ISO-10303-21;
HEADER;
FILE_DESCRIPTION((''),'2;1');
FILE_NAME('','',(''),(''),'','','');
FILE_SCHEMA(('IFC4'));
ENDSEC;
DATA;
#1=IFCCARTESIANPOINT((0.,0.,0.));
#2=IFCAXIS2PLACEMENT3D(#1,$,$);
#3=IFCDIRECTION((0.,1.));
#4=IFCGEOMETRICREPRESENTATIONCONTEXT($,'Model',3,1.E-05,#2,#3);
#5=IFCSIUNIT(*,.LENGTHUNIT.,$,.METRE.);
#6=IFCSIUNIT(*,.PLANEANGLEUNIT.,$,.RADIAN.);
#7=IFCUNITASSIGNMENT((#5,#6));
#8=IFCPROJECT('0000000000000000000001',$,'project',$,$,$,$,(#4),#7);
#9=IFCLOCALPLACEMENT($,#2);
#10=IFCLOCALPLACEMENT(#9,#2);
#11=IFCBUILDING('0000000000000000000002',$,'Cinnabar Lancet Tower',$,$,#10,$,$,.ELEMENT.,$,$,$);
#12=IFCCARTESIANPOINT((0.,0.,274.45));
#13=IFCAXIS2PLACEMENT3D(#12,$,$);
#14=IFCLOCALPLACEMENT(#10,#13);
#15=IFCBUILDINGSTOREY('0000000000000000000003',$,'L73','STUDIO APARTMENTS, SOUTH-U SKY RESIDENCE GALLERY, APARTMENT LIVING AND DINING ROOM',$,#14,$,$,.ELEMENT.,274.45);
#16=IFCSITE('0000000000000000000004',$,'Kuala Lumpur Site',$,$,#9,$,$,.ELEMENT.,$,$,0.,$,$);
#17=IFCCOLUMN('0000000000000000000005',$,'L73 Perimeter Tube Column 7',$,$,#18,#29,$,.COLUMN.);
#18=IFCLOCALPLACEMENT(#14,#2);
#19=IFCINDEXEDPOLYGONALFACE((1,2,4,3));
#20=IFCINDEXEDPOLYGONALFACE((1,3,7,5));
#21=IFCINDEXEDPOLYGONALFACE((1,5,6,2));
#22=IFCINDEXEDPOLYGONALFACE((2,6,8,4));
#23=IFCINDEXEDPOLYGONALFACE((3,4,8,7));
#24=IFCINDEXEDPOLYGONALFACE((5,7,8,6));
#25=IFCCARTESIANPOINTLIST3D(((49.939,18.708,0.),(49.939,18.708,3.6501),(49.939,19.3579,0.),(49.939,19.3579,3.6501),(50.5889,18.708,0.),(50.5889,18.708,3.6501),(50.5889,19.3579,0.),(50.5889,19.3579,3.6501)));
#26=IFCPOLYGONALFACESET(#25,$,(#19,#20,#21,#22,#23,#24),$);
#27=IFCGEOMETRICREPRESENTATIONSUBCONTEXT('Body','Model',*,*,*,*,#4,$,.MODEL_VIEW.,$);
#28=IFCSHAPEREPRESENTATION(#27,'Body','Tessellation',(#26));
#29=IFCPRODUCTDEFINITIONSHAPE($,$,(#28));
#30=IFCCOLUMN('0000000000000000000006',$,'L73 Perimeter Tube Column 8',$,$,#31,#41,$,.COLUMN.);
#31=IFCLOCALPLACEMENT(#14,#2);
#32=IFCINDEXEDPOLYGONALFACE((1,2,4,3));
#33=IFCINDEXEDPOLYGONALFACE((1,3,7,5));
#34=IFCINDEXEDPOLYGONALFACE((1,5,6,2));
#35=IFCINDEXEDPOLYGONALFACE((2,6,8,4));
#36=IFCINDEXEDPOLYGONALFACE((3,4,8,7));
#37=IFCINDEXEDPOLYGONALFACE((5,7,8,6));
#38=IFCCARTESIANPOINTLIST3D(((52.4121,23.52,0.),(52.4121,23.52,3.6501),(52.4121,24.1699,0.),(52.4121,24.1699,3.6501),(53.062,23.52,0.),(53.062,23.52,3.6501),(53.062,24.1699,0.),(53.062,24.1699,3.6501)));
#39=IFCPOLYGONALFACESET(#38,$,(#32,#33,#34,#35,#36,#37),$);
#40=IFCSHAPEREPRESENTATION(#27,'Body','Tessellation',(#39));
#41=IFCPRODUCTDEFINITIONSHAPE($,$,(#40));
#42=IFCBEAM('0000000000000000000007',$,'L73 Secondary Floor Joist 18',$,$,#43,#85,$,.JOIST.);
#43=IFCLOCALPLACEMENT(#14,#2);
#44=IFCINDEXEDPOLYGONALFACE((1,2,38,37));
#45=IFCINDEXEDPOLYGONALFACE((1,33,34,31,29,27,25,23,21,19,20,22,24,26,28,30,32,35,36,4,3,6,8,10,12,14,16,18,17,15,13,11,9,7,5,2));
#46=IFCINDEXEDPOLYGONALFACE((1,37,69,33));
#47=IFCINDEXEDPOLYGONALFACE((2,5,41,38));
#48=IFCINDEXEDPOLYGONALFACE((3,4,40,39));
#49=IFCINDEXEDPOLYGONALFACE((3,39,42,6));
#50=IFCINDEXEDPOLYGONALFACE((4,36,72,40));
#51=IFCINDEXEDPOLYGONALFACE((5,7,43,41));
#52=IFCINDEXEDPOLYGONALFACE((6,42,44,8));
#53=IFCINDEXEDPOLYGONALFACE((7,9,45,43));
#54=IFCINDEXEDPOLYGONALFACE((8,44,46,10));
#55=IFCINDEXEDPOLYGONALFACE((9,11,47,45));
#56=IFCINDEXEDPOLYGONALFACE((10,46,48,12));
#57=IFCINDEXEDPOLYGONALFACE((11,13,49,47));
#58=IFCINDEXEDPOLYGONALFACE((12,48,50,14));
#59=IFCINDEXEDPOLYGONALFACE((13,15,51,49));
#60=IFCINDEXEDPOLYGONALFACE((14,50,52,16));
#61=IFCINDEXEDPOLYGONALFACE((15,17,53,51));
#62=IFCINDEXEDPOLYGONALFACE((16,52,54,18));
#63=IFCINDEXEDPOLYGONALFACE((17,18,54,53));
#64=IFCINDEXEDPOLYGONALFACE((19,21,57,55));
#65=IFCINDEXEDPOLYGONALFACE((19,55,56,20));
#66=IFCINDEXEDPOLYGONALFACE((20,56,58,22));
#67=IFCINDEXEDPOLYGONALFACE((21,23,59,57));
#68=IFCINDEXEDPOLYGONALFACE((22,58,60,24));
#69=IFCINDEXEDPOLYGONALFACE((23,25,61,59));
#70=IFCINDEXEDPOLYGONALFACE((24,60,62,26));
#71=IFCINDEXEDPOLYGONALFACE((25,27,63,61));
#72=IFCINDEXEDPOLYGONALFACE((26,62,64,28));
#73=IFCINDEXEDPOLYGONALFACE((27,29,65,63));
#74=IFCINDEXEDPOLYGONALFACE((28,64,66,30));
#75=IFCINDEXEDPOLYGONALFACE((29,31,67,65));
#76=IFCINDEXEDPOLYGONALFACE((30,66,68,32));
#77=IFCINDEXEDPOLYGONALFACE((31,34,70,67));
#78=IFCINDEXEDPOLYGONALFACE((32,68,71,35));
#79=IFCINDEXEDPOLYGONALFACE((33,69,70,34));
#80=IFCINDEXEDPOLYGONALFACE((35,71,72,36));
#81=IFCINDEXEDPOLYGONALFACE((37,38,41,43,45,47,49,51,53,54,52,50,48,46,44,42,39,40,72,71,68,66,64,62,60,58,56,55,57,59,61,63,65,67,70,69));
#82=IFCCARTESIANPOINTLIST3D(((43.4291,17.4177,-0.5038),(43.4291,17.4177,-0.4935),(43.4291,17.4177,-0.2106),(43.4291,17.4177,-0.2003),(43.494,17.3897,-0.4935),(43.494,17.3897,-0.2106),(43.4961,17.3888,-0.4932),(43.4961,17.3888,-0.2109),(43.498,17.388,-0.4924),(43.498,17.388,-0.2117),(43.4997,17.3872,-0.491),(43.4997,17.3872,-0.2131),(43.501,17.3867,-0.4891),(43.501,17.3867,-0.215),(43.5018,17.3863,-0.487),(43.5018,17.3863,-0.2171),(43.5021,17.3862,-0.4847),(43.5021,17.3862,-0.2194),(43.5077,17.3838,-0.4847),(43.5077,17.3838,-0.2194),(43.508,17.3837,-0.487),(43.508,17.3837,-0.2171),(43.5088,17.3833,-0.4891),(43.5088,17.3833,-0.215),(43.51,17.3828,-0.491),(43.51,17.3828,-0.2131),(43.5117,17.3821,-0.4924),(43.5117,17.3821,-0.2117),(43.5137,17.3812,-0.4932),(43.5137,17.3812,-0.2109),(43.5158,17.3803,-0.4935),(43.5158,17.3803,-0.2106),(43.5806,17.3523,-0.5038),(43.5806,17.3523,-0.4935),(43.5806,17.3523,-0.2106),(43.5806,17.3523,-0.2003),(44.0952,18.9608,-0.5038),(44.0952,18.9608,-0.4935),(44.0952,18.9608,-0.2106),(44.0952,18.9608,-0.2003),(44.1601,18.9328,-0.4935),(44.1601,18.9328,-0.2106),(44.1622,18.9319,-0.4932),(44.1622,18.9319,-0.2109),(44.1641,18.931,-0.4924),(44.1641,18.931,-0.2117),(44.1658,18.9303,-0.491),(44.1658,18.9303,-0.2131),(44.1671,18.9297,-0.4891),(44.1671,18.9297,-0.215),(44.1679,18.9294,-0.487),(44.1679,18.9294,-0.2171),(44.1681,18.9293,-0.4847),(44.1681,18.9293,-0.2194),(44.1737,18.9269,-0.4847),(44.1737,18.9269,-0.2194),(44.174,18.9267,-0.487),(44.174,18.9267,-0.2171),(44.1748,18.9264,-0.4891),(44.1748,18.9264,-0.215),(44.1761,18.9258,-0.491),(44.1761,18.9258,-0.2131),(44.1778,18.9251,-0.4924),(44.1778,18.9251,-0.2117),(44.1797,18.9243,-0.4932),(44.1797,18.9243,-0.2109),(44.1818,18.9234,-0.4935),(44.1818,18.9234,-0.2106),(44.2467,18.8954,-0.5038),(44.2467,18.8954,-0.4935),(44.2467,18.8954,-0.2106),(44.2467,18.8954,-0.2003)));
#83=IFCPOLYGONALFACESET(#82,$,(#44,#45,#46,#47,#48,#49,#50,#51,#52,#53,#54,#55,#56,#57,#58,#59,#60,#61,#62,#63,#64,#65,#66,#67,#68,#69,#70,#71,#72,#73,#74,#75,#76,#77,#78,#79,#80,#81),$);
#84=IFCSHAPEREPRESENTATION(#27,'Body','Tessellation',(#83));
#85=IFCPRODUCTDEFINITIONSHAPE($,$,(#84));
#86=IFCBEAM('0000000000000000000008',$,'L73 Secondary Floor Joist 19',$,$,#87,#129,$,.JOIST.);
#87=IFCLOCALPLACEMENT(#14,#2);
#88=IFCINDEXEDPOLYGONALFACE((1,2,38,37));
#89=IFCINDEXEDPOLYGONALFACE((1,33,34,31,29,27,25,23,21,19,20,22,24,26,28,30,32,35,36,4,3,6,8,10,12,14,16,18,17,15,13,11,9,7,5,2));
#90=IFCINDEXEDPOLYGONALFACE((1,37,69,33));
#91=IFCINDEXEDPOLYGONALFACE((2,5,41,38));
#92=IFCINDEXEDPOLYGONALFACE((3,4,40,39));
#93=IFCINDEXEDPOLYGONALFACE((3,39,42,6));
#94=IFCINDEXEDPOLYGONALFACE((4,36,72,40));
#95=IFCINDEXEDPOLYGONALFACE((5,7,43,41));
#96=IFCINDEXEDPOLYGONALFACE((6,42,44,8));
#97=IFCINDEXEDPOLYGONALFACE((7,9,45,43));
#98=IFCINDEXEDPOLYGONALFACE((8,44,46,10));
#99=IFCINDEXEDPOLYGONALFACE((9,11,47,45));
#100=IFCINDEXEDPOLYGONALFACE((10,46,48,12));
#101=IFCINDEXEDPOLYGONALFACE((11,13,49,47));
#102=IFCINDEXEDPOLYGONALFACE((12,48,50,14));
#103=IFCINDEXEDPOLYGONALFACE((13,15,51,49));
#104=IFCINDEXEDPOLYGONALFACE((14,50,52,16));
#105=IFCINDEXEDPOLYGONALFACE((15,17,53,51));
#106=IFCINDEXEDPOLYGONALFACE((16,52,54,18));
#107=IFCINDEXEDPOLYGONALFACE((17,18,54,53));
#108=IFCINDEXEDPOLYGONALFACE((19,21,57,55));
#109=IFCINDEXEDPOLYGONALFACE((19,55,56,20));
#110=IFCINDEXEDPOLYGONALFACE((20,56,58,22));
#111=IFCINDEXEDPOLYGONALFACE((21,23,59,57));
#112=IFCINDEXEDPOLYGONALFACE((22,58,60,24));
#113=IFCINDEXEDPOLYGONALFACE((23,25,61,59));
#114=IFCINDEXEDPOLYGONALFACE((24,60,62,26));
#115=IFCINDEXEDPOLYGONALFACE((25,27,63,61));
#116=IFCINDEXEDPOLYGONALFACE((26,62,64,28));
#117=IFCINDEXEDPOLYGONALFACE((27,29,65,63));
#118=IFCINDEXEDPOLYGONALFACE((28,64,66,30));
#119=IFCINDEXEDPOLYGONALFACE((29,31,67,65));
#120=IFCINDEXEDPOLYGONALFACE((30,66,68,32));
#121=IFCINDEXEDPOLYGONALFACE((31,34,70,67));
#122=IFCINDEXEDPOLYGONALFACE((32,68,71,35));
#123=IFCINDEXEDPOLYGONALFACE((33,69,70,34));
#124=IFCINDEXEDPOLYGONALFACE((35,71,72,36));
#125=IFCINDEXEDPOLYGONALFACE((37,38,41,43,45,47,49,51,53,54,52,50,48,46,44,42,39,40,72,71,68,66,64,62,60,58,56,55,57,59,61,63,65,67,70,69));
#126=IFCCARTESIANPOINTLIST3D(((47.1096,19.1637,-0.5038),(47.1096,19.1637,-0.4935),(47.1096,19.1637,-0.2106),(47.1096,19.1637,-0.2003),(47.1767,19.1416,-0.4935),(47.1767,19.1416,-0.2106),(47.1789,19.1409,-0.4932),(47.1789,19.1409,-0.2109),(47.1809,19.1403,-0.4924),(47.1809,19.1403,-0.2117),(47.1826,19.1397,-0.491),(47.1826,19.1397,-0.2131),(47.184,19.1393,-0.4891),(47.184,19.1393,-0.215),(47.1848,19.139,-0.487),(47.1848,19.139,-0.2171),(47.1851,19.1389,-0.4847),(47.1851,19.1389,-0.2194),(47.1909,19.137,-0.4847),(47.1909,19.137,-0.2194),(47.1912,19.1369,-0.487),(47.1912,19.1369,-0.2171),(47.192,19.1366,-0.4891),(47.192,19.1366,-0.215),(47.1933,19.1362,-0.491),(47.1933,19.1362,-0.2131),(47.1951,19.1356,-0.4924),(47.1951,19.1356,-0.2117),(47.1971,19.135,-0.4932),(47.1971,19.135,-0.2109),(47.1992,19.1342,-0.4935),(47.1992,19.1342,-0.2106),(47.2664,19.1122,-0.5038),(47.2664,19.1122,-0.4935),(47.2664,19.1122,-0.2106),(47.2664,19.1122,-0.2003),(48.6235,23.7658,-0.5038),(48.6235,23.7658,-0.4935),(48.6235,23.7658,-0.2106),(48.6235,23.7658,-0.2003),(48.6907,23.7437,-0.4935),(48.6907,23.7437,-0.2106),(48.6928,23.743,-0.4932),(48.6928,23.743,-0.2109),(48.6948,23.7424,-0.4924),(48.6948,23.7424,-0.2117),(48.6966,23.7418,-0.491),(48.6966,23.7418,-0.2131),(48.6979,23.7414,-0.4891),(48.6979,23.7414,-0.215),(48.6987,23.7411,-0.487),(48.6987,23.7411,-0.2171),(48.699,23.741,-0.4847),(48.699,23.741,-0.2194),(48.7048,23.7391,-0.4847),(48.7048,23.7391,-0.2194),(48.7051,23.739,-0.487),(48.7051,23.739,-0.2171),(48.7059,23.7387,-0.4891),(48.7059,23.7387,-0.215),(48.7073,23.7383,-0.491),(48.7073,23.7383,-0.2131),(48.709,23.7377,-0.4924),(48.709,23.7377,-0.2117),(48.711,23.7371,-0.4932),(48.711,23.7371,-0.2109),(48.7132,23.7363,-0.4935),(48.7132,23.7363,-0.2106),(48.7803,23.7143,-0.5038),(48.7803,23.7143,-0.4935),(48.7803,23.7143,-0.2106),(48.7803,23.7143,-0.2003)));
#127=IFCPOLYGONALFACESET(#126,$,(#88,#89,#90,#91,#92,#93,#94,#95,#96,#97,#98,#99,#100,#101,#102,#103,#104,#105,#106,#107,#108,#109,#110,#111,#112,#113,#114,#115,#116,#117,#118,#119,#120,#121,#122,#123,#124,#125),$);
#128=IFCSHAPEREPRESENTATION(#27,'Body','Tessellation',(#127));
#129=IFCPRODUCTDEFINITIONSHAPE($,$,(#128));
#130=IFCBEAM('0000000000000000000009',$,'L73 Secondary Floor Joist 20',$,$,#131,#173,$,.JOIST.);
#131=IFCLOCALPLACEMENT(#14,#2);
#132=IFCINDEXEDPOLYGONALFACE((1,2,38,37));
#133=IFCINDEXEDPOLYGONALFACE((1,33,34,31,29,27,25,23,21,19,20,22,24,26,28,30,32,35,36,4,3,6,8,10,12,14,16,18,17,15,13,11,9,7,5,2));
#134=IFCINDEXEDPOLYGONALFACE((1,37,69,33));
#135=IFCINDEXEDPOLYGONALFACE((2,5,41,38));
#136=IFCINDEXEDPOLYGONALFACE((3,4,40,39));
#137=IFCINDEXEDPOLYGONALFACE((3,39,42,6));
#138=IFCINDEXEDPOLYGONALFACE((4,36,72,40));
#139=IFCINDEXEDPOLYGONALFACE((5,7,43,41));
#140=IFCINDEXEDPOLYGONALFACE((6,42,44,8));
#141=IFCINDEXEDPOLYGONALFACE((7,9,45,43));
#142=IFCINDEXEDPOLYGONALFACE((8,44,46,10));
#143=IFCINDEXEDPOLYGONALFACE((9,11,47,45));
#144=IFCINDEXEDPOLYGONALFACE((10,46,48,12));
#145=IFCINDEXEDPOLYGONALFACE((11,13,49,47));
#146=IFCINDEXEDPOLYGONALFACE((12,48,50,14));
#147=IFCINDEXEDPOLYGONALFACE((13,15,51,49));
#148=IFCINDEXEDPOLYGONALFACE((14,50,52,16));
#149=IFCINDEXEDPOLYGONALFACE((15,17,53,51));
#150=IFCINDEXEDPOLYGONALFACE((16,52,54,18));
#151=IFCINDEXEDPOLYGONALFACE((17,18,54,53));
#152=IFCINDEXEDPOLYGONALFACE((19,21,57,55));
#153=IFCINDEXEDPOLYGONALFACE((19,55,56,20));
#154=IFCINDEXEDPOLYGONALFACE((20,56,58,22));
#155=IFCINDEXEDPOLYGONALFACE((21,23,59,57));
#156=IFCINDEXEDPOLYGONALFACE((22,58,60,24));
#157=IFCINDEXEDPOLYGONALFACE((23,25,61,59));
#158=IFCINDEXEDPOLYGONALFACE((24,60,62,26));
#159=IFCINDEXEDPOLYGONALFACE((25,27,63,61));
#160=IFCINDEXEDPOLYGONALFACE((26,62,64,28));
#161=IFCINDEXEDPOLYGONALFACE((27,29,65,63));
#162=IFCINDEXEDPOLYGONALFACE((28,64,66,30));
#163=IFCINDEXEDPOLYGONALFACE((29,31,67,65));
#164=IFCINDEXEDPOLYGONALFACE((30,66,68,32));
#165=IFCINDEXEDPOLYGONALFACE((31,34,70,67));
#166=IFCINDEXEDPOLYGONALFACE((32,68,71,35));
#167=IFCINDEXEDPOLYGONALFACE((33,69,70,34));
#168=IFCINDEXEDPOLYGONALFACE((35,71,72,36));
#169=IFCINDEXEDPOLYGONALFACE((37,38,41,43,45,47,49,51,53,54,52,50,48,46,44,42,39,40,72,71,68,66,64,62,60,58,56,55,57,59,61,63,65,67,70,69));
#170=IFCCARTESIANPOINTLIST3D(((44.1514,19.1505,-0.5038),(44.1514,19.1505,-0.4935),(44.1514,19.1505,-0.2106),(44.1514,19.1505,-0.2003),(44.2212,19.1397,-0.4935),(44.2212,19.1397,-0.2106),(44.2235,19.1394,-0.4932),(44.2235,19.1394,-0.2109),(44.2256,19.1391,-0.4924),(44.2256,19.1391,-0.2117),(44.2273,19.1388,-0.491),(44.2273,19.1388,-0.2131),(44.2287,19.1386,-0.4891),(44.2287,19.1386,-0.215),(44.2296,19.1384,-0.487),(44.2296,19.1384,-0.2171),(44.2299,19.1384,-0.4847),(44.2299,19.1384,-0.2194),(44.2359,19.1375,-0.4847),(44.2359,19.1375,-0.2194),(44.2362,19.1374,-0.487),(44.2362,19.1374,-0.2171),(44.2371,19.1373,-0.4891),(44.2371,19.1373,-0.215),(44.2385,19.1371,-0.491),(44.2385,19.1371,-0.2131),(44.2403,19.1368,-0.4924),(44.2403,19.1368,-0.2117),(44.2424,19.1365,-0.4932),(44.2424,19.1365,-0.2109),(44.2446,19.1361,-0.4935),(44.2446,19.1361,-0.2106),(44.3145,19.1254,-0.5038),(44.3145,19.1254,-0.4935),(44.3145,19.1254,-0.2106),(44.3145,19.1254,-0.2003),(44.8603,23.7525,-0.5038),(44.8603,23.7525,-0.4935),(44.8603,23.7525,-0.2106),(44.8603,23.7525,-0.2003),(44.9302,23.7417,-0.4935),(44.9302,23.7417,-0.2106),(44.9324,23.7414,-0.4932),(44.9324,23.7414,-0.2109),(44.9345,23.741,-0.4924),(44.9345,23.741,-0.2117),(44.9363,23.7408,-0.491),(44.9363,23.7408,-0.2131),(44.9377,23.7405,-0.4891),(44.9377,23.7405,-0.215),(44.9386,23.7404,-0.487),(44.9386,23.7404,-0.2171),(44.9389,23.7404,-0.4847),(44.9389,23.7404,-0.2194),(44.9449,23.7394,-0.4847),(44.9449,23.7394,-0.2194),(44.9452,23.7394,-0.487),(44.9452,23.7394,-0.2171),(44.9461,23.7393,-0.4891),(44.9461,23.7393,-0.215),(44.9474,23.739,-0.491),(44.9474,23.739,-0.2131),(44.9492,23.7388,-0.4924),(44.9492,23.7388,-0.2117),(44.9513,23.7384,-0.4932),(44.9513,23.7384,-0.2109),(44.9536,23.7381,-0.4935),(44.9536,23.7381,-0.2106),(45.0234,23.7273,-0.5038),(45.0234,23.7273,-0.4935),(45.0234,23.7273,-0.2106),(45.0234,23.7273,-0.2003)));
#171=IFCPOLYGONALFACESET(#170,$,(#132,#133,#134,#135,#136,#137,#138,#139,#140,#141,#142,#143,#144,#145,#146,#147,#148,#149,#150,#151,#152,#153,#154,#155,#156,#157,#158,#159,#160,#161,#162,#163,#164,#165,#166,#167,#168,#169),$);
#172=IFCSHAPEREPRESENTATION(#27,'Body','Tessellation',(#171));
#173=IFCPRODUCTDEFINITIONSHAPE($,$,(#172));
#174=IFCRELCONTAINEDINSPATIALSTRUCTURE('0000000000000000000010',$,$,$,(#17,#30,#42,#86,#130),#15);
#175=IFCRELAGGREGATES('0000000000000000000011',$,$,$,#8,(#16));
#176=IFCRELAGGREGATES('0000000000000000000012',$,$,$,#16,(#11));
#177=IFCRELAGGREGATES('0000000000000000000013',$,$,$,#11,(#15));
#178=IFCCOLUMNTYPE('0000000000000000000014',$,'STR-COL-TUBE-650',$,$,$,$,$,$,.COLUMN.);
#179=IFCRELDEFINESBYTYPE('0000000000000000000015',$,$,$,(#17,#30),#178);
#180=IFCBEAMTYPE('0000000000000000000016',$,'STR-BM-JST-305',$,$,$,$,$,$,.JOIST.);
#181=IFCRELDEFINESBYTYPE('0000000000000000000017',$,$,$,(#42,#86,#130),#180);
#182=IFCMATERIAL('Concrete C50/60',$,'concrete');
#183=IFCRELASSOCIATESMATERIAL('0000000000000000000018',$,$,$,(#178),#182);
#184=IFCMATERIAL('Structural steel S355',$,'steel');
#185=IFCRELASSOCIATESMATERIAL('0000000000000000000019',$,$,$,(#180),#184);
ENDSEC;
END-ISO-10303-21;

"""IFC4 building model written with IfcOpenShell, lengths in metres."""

from ifc_helpers import new_model, si_unit, direction, frame, origin, origin_2d, place, context, subcontext, project, spatial, rectangle, i_section, extrude, material, material_profile, profile_set, type_object, element, save


model = new_model("IFC4")

# Units and contexts
model_context = context("Model", 3, precision=1e-05, world=origin(), true_north=direction((0.0, 1.0)))
body_context = subcontext(model_context, "Body", "Model", "MODEL_VIEW")
ifc_project = project(units=[si_unit("LENGTHUNIT", "METRE"), si_unit("PLANEANGLEUNIT", "RADIAN")], contexts=[model_context])

# Site, building, storey
site_placement = place(None, origin())
site = spatial("IfcSite", under=ifc_project, at=site_placement, Name="Kuala Lumpur Site", CompositionType="ELEMENT", RefElevation=0.0)
building_placement = place(site_placement, origin())
building = spatial("IfcBuilding", under=site, at=building_placement, Name="Cinnabar Lancet Tower", CompositionType="ELEMENT")
storey_placement = place(building_placement, frame((0.0, 0.0, 274.45)))
storey = spatial("IfcBuildingStorey", under=building, at=storey_placement, Name="L73", Description="STUDIO APARTMENTS, SOUTH-U SKY RESIDENCE GALLERY, APARTMENT LIVING AND DINING ROOM", CompositionType="ELEMENT", Elevation=274.45)

# Columns
ifc_material_1 = material(Name="Concrete C50/60", Category="concrete")
ifc_material_profile_1 = material_profile(ifc_material_1, rectangle(XDim=0.6499, YDim=0.6499, at=origin_2d()), Name="RC-COL 650x650")
ifc_profile_set_1 = profile_set([ifc_material_profile_1], Name="Concrete C50/60")
column_type = type_object("IfcColumnType", Name="STR-COL-TUBE-650", PredefinedType="COLUMN", material=ifc_profile_set_1)
for number, where, z_axis, x_axis, name in (
    (1, (50.2639, 19.033, 0.0), (0.0, 0.0, 1.0), (1.0, 0.0, 0.0), "L73 Perimeter Tube Column 7"),
    (2, (52.7371, 23.845, 0.0), (0.0, 0.0, 1.0), (1.0, 0.0, 0.0), "L73 Perimeter Tube Column 8"),
):
    element("IfcColumn", number, at=place(storey_placement, frame(where, z_axis=z_axis, x_axis=x_axis)), inside=storey, type_object=column_type, Name=name, PredefinedType="COLUMN", context=body_context, shape_type="SweptSolid", body=[
        extrude(rectangle(XDim=0.6499, YDim=0.6499, at=origin_2d()), origin(), (0.0, 0.0, 1.0), 3.6501),
    ])

# Beams
ifc_material_2 = material(Name="Structural steel S355", Category="steel")
ifc_material_profile_2 = material_profile(ifc_material_2, i_section(OverallWidth=0.165, OverallDepth=0.3035, WebThickness=0.0061, FlangeThickness=0.0103, FilletRadius=0.0088, at=origin_2d()), Name="UKB 305x165x40")
ifc_profile_set_2 = profile_set([ifc_material_profile_2], Name="Structural steel S355")
beam_type_1 = type_object("IfcBeamType", Name="STR-BM-JST-305", PredefinedType="JOIST", material=ifc_profile_set_2)
beam_1_placement = place(storey_placement, frame((43.5049, 17.385, -0.3521), z_axis=(0.396302, 0.91812, 0.0), x_axis=(-0.91812, 0.396302, 0.0)))
element("IfcBeam", 3, at=beam_1_placement, inside=storey, type_object=beam_type_1, Name="L73 Secondary Floor Joist 18", PredefinedType="JOIST", context=body_context, shape_type="SweptSolid", body=[
    extrude(i_section(OverallWidth=0.165, OverallDepth=0.3035, WebThickness=0.0061, FlangeThickness=0.0103, FilletRadius=0.0088, at=origin_2d()), origin(), (0.0, 0.0, 1.0), 1.6807),
])
beam_2_placement = place(storey_placement, frame((47.188, 19.1379, -0.3521), z_axis=(0.312491, 0.949921, 0.0), x_axis=(-0.949921, 0.312491, 0.0)))
element("IfcBeam", 4, at=beam_2_placement, inside=storey, type_object=beam_type_1, Name="L73 Secondary Floor Joist 19", PredefinedType="JOIST", context=body_context, shape_type="SweptSolid", body=[
    extrude(i_section(OverallWidth=0.165, OverallDepth=0.3035, WebThickness=0.0061, FlangeThickness=0.0103, FilletRadius=0.0088, at=origin_2d()), origin(), (0.0, 0.0, 1.0), 4.8447),
])
beam_3_placement = place(storey_placement, frame((44.2329, 19.1379, -0.3521), z_axis=(0.152262, 0.98834, 0.0), x_axis=(-0.98834, 0.152262, 0.0)))
element("IfcBeam", 5, at=beam_3_placement, inside=storey, type_object=beam_type_1, Name="L73 Secondary Floor Joist 20", PredefinedType="JOIST", context=body_context, shape_type="SweptSolid", body=[
    extrude(i_section(OverallWidth=0.165, OverallDepth=0.3035, WebThickness=0.0061, FlangeThickness=0.0103, FilletRadius=0.0088, at=origin_2d()), origin(), (0.0, 0.0, 1.0), 4.6562),
])

save(model, "model.ifc")
